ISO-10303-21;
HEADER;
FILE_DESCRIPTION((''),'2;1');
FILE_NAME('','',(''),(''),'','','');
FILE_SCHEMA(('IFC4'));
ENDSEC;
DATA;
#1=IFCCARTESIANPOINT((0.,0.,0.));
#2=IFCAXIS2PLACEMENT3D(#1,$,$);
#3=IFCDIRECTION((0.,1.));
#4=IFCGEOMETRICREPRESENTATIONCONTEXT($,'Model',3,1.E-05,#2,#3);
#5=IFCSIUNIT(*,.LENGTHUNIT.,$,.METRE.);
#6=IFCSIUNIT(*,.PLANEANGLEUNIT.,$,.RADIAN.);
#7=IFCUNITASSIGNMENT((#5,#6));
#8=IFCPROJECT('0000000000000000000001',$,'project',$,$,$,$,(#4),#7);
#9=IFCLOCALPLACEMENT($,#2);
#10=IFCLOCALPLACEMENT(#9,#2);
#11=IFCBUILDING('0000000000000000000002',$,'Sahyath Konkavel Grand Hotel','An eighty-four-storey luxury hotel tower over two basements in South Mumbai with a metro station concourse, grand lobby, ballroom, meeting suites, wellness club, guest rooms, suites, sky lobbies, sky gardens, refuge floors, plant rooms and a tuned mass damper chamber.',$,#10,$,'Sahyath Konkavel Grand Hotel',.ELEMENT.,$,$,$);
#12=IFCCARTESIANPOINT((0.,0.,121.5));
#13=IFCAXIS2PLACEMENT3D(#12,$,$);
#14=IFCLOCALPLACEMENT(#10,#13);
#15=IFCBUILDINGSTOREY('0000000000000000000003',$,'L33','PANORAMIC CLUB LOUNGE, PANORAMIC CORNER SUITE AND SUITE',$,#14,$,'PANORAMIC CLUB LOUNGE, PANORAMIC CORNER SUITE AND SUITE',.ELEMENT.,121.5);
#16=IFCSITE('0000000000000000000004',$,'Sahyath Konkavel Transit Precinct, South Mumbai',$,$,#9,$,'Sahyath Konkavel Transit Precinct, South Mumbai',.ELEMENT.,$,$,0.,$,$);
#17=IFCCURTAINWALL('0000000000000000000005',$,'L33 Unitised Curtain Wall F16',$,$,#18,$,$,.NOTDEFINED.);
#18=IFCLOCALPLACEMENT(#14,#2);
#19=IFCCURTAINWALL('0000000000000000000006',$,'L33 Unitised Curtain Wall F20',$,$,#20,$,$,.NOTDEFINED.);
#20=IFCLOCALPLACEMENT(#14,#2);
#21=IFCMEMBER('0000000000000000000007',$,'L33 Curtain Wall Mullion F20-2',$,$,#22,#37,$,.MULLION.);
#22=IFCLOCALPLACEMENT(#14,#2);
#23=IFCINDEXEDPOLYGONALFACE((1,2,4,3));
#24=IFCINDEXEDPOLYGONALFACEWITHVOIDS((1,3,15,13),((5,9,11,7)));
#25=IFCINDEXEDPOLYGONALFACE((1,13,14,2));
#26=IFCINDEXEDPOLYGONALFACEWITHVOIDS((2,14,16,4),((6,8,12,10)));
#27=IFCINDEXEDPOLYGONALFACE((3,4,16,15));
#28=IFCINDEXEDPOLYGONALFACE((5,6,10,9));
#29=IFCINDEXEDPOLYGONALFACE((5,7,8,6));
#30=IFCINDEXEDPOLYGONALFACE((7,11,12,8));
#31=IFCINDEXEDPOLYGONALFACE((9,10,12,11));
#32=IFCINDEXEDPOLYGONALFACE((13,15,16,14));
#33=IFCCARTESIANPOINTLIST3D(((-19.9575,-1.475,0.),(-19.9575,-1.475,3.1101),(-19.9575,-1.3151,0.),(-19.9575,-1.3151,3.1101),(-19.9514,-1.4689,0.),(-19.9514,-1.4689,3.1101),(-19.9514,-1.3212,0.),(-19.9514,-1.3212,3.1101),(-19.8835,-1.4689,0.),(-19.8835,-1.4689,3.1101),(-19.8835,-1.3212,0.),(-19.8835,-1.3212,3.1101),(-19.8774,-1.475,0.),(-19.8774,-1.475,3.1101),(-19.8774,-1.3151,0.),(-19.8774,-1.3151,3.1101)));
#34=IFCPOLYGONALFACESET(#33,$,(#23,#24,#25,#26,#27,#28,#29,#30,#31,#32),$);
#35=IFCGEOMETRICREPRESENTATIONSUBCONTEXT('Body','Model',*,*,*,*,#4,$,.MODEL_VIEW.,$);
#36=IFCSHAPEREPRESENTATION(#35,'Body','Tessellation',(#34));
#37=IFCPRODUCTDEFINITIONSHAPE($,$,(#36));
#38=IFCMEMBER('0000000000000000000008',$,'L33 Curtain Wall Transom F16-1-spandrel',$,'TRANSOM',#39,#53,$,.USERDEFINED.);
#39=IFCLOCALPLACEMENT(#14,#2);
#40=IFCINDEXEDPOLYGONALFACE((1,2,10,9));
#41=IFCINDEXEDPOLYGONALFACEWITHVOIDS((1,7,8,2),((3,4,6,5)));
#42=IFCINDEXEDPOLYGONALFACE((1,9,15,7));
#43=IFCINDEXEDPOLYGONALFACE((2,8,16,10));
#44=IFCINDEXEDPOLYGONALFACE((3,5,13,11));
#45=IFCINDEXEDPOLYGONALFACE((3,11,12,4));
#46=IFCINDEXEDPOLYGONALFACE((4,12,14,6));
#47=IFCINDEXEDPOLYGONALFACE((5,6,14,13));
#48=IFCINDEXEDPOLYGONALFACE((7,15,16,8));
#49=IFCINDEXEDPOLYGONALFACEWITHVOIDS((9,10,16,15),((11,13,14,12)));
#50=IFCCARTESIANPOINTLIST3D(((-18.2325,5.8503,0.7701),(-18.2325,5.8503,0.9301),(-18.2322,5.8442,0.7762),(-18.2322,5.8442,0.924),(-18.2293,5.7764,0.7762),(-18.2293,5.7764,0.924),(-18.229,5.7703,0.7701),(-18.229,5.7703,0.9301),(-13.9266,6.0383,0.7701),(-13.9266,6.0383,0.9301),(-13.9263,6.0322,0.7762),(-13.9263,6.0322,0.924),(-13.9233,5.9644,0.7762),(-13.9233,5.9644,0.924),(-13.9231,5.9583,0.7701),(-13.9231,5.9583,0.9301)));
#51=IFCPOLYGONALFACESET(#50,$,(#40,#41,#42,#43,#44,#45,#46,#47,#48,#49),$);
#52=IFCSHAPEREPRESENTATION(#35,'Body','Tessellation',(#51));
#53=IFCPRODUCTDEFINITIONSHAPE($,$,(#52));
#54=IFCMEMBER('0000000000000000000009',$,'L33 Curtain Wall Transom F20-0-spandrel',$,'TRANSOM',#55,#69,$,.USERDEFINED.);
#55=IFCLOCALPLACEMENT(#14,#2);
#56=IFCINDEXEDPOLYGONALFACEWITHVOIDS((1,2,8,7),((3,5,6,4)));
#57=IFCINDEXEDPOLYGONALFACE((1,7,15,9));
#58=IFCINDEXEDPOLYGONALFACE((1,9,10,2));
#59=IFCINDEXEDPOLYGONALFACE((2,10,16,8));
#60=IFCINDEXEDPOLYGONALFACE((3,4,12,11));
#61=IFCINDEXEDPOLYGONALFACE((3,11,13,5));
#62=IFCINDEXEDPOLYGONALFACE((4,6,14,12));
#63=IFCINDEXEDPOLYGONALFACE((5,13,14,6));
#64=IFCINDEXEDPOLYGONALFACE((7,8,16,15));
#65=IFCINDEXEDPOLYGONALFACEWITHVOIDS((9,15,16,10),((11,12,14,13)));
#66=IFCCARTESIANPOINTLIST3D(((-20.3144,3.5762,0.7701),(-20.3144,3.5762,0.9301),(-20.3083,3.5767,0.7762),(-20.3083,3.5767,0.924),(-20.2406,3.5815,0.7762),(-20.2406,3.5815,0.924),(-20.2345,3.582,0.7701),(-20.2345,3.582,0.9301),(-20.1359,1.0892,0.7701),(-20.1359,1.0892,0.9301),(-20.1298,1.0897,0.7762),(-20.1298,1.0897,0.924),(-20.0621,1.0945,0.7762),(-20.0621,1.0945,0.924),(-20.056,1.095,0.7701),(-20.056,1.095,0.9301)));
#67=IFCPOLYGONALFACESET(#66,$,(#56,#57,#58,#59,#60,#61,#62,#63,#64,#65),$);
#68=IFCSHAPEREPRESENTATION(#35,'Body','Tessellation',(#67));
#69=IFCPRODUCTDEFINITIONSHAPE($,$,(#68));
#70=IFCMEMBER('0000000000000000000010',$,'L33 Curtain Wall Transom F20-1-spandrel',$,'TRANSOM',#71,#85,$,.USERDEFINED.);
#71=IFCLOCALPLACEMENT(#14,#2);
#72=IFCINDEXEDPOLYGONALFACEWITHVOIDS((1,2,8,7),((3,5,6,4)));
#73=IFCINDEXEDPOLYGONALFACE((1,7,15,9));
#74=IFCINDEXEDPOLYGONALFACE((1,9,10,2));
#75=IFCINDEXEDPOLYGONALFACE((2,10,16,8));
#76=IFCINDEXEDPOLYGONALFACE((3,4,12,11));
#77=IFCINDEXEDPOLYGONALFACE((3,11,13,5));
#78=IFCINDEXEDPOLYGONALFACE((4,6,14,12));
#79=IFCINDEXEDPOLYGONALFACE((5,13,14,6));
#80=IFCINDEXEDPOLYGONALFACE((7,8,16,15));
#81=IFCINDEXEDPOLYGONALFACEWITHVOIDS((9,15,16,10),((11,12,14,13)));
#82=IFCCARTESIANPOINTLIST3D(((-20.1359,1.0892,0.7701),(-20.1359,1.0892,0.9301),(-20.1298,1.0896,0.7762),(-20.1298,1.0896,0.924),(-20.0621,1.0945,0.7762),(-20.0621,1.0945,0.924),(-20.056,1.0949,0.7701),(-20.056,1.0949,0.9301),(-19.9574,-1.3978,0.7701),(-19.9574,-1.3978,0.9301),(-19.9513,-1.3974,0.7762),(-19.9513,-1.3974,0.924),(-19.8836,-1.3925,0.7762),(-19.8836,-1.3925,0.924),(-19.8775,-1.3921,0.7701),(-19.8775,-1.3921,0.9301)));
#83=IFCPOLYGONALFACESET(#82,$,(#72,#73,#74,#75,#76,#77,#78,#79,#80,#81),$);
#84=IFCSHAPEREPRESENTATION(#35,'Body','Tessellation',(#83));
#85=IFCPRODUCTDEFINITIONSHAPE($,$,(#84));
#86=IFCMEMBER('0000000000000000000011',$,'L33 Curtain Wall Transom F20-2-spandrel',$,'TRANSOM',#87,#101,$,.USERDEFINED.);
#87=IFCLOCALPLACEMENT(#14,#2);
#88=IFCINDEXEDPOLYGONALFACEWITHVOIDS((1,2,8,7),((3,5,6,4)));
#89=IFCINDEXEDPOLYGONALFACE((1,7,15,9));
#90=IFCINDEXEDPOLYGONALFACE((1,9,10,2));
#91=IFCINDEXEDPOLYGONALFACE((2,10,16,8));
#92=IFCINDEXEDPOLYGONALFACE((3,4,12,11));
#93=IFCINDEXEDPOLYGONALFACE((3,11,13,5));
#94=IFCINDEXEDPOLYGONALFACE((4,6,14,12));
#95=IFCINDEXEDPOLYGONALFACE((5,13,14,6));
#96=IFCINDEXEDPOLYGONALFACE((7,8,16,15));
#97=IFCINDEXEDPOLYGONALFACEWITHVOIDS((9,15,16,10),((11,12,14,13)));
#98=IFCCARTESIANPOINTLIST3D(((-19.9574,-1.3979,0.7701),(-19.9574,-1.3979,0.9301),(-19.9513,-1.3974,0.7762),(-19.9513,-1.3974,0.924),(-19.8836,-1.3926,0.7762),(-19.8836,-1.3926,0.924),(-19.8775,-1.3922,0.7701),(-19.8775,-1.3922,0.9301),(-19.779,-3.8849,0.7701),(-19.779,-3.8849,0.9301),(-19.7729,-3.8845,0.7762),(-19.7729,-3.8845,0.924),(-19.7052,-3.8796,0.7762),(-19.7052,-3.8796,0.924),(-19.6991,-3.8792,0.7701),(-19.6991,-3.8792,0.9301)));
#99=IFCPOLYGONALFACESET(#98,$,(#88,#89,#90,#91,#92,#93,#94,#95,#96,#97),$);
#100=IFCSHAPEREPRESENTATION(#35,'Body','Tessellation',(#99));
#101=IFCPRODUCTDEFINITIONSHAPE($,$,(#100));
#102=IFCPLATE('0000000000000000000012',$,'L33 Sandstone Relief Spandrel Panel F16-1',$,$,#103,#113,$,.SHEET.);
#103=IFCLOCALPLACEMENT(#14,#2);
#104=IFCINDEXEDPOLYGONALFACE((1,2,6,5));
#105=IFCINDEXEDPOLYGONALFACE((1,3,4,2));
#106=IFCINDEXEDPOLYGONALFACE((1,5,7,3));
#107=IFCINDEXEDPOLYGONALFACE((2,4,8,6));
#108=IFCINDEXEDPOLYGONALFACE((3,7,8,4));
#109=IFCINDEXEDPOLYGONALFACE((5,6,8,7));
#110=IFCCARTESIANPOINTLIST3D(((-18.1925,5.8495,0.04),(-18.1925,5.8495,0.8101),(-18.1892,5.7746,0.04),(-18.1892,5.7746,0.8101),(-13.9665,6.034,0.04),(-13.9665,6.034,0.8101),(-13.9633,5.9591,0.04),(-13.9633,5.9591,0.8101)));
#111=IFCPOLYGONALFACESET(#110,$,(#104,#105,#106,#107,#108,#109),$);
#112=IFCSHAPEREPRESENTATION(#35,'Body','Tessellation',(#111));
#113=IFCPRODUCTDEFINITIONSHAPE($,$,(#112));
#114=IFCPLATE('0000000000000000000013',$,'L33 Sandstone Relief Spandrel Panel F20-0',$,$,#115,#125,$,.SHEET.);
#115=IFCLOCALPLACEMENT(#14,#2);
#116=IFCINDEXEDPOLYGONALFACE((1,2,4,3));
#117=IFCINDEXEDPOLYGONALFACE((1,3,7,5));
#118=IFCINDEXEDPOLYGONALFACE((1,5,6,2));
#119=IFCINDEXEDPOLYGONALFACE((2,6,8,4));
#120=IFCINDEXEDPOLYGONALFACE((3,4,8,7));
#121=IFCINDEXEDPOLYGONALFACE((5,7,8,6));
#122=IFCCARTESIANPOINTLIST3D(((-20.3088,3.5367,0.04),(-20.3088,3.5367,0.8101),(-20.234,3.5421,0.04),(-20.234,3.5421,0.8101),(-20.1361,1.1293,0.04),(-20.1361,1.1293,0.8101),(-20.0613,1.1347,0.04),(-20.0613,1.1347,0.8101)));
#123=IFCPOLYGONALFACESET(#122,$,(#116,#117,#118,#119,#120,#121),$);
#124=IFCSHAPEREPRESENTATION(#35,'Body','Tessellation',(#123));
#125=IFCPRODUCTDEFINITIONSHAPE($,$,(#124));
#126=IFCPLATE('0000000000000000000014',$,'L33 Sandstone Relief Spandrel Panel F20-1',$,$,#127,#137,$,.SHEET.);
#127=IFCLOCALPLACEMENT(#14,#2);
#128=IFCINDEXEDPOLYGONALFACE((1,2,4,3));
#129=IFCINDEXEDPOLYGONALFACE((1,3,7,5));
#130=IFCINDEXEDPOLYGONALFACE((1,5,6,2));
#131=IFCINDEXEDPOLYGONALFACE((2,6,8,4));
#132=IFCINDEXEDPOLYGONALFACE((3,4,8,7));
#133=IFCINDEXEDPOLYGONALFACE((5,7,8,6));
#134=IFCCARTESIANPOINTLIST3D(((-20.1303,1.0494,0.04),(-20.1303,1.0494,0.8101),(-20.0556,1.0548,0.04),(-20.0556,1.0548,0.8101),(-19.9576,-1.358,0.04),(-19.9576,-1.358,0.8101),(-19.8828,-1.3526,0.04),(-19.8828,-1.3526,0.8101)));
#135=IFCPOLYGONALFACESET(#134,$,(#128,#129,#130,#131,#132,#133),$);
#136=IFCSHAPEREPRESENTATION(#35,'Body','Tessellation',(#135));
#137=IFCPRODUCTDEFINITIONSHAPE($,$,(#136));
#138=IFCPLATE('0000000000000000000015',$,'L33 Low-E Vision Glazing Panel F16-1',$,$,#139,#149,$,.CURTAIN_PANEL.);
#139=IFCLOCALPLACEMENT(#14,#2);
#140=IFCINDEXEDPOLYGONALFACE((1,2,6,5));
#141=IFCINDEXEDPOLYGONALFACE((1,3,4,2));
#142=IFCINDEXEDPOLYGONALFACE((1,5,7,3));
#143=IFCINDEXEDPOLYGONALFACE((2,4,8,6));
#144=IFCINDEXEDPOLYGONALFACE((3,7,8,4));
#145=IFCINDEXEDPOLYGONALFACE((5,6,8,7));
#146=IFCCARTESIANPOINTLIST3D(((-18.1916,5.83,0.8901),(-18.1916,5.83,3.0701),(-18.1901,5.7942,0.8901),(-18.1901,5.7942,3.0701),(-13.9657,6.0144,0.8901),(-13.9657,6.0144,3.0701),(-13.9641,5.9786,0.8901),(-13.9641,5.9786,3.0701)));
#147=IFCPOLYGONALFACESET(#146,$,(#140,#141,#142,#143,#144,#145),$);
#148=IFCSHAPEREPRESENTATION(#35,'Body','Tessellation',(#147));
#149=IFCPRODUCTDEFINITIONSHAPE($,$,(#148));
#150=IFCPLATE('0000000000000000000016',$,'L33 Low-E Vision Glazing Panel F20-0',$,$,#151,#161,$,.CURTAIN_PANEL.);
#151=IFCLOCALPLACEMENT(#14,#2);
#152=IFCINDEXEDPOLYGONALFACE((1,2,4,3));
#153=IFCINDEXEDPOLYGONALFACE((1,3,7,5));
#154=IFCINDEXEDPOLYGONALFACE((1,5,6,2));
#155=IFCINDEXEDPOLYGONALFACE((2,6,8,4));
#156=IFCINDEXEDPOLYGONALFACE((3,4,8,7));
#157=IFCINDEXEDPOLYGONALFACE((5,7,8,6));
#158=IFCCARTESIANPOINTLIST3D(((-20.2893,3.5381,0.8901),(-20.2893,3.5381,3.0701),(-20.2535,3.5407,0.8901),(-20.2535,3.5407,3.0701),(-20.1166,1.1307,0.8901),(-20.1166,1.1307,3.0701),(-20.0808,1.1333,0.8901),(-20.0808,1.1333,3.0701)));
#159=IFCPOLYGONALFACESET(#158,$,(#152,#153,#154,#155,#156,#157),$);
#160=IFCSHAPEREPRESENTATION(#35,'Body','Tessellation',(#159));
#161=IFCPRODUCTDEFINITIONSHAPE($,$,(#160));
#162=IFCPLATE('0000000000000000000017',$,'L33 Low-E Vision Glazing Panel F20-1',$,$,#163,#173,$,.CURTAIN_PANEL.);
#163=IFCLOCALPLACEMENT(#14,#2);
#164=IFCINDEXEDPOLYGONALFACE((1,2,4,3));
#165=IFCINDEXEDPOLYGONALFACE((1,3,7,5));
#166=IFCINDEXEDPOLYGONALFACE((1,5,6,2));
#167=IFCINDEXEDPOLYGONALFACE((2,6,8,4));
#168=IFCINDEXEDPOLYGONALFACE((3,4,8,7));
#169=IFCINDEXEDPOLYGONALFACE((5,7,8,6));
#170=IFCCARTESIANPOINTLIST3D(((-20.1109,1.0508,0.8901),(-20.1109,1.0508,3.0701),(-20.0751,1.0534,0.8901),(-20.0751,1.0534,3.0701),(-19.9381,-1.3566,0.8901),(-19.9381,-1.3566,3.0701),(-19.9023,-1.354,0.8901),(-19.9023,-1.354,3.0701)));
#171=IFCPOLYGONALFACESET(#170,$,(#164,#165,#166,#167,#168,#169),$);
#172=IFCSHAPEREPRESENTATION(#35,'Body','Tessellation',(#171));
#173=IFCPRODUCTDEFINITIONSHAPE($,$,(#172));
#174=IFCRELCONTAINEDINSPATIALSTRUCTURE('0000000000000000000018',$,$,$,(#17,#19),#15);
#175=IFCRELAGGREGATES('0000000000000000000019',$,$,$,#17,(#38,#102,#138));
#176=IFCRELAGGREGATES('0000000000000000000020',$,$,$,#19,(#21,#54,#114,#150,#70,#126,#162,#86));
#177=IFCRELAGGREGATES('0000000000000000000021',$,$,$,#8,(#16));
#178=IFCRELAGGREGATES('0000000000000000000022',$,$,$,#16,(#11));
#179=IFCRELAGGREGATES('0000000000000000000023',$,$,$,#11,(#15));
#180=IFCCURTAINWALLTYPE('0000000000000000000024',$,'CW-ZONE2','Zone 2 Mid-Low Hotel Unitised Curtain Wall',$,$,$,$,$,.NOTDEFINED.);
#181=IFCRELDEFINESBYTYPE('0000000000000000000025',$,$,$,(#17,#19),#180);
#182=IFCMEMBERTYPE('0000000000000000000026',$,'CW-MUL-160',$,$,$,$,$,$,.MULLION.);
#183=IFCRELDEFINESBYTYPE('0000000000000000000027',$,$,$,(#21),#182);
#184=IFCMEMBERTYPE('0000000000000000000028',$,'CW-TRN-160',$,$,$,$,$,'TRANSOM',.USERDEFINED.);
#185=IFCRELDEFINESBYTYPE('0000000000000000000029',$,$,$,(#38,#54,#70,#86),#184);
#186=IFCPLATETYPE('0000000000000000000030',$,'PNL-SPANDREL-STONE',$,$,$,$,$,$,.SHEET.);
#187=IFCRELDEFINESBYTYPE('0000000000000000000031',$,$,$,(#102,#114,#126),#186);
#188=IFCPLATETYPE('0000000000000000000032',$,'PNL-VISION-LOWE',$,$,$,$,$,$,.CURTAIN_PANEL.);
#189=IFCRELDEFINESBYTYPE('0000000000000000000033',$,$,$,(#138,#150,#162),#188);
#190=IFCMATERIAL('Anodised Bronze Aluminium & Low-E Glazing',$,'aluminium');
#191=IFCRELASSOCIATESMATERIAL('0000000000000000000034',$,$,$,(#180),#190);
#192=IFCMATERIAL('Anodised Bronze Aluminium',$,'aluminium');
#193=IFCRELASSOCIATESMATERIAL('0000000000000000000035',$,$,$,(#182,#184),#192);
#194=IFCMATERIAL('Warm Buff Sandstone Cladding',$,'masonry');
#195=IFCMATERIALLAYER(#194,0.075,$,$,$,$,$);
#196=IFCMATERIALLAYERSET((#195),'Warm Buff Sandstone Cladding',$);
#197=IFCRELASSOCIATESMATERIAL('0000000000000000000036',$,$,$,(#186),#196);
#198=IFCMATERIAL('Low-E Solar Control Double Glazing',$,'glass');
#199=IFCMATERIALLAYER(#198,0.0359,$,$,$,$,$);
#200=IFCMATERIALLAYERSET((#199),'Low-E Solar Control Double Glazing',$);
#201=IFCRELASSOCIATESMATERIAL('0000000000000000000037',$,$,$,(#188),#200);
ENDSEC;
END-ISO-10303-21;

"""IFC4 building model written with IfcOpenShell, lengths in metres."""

from ifc_helpers import new_model, si_unit, direction, frame, origin, origin_2d, place, context, subcontext, project, spatial, rectangle, hollow_rectangle, extrude, source, transform, mapped, material, layer, layer_set, material_profile, profile_set, type_object, element, aggregate, save


model = new_model("IFC4")

# Units and contexts
model_context = context("Model", 3, precision=1e-05, world=origin(), true_north=direction((0.0, 1.0)))
body_context = subcontext(model_context, "Body", "Model", "MODEL_VIEW")
ifc_project = project(units=[si_unit("LENGTHUNIT", "METRE"), si_unit("PLANEANGLEUNIT", "RADIAN")], contexts=[model_context])

# Site, building, storey
site_placement = place(None, origin())
site = spatial("IfcSite", under=ifc_project, at=site_placement, Name="Sahyath Konkavel Transit Precinct, South Mumbai", LongName="Sahyath Konkavel Transit Precinct, South Mumbai", CompositionType="ELEMENT", RefElevation=0.0)
building_placement = place(site_placement, origin())
building = spatial("IfcBuilding", under=site, at=building_placement, Name="Sahyath Konkavel Grand Hotel", Description="An eighty-four-storey luxury hotel tower over two basements in South Mumbai with a metro station concourse, grand lobby, ballroom, meeting suites, wellness club, guest rooms, suites, sky lobbies, sky gardens, refuge floors, plant rooms and a tuned mass damper chamber.", LongName="Sahyath Konkavel Grand Hotel", CompositionType="ELEMENT")
storey_placement = place(building_placement, frame((0.0, 0.0, 121.5)))
storey = spatial("IfcBuildingStorey", under=building, at=storey_placement, Name="L33", Description="PANORAMIC CLUB LOUNGE, PANORAMIC CORNER SUITE AND SUITE", LongName="PANORAMIC CLUB LOUNGE, PANORAMIC CORNER SUITE AND SUITE", CompositionType="ELEMENT", Elevation=121.5)

# Curtain walls, member
ifc_material_1 = material(Name="Anodised Bronze Aluminium & Low-E Glazing", Category="aluminium")
curtain_wall_type = type_object("IfcCurtainWallType", Name="CW-ZONE2", Description="Zone 2 Mid-Low Hotel Unitised Curtain Wall", PredefinedType="NOTDEFINED", material=ifc_material_1)
curtain_wall_1_placement = place(storey_placement, origin())
curtain_wall_1 = element("IfcCurtainWall", 1, at=curtain_wall_1_placement, inside=storey, type_object=curtain_wall_type, Name="L33 Unitised Curtain Wall F16", PredefinedType="NOTDEFINED")
ifc_material_2 = material(Name="Anodised Bronze Aluminium", Category="aluminium")
ifc_material_profile_1 = material_profile(ifc_material_2, hollow_rectangle(XDim=0.0801, YDim=0.1599, WallThickness=0.0061, at=origin_2d()), Name="RHS 160x80x6")
ifc_profile_set_1 = profile_set([ifc_material_profile_1], Name="Anodised Bronze Aluminium")
member_type_1 = type_object("IfcMemberType", Name="CW-MUL-160", PredefinedType="MULLION", material=ifc_profile_set_1)
shared_shape_1 = source(origin(), body_context, "Body", "SweptSolid", [
    extrude(hollow_rectangle(XDim=0.0801, YDim=0.1599, WallThickness=0.0061, at=origin_2d()), origin(), (0.0, 0.0, 1.0), 3.1101),
])
curtain_wall_2_placement = place(storey_placement, origin())
curtain_wall_2 = element("IfcCurtainWall", 2, at=curtain_wall_2_placement, inside=storey, type_object=curtain_wall_type, Name="L33 Unitised Curtain Wall F20", PredefinedType="NOTDEFINED")
member_1_placement = place(storey_placement, frame((-19.9175, -1.395, 0.0), z_axis=(0.0, 0.0, 1.0), x_axis=(1.0, 0.0, 0.0)))
member_1 = element("IfcMember", 3, at=member_1_placement, type_object=member_type_1, Name="L33 Curtain Wall Mullion F20-2", PredefinedType="MULLION", context=body_context, shape_type="MappedRepresentation", body=[
    mapped(shared_shape_1, transform((0.0, 0.0, 0.0), scale=1.0)),
])

# Members
ifc_material_profile_2 = material_profile(ifc_material_2, hollow_rectangle(XDim=0.0801, YDim=0.1599, WallThickness=0.0061, at=origin_2d()), Name="RHS 160x80x6")
ifc_profile_set_2 = profile_set([ifc_material_profile_2], Name="Anodised Bronze Aluminium")
member_type_2 = type_object("IfcMemberType", Name="CW-TRN-160", ElementType="TRANSOM", PredefinedType="USERDEFINED", material=ifc_profile_set_2)
shared_shape_2 = source(origin(), body_context, "Body", "SweptSolid", [
    extrude(hollow_rectangle(XDim=0.0801, YDim=0.1599, WallThickness=0.0061, at=origin_2d()), origin(), (0.0, 0.0, 1.0), 4.3101),
])
member_2_placement = place(storey_placement, frame((-13.9248, 5.9983, 0.8501), z_axis=(-0.999048, -0.043617, 0.0), x_axis=(0.043617, -0.999048, 0.0)))
member_2 = element("IfcMember", 4, at=member_2_placement, type_object=member_type_2, Name="L33 Curtain Wall Transom F16-1-spandrel", ObjectType="TRANSOM", PredefinedType="USERDEFINED", context=body_context, shape_type="MappedRepresentation", body=[
    mapped(shared_shape_2, transform((0.0, 0.0, 0.0), scale=1.0)),
])
shared_shape_3 = source(origin(), body_context, "Body", "SweptSolid", [
    extrude(hollow_rectangle(XDim=0.0801, YDim=0.1599, WallThickness=0.0061, at=origin_2d()), origin(), (0.0, 0.0, 1.0), 2.4934),
])
member_3_placement = place(storey_placement, frame((-20.2744, 3.5791, 0.8501), z_axis=(0.071574, -0.997435, 0.0), x_axis=(0.997435, 0.071574, 0.0)))
member_3 = element("IfcMember", 5, at=member_3_placement, type_object=member_type_2, Name="L33 Curtain Wall Transom F20-0-spandrel", ObjectType="TRANSOM", PredefinedType="USERDEFINED", context=body_context, shape_type="MappedRepresentation", body=[
    mapped(shared_shape_3, transform((0.0, 0.0, 0.0), scale=1.0)),
])
member_4_placement = place(storey_placement, frame((-20.0959, 1.092, 0.8501), z_axis=(0.071574, -0.997435, 0.0), x_axis=(0.997435, 0.071574, 0.0)))
member_4 = element("IfcMember", 6, at=member_4_placement, type_object=member_type_2, Name="L33 Curtain Wall Transom F20-1-spandrel", ObjectType="TRANSOM", PredefinedType="USERDEFINED", context=body_context, shape_type="MappedRepresentation", body=[
    mapped(shared_shape_3, transform((0.0, 0.0, 0.0), scale=1.0)),
])
member_5_placement = place(storey_placement, frame((-19.9175, -1.395, 0.8501), z_axis=(0.071574, -0.997435, 0.0), x_axis=(0.997435, 0.071574, 0.0)))
member_5 = element("IfcMember", 7, at=member_5_placement, type_object=member_type_2, Name="L33 Curtain Wall Transom F20-2-spandrel", ObjectType="TRANSOM", PredefinedType="USERDEFINED", context=body_context, shape_type="MappedRepresentation", body=[
    mapped(shared_shape_3, transform((0.0, 0.0, 0.0), scale=1.0)),
])

# Plates
ifc_material_3 = material(Name="Warm Buff Sandstone Cladding", Category="masonry")
ifc_layer_1 = layer(ifc_material_3, 0.075)
ifc_layer_set_1 = layer_set([ifc_layer_1], Name="Warm Buff Sandstone Cladding")
plate_type_1 = type_object("IfcPlateType", Name="PNL-SPANDREL-STONE", PredefinedType="SHEET", material=ifc_layer_set_1)
shared_shape_4 = source(origin(), body_context, "Body", "SweptSolid", [
    extrude(rectangle(XDim=4.23, YDim=0.075, at=origin_2d()), origin(), (0.0, 0.0, 1.0), 0.77),
])
plate_1_placement = place(storey_placement, frame((-16.0779, 5.9043, 0.04), z_axis=(0.0, 0.0, 1.0), x_axis=(-0.999049, -0.043602, 0.0)))
plate_1 = element("IfcPlate", 8, at=plate_1_placement, type_object=plate_type_1, Name="L33 Sandstone Relief Spandrel Panel F16-1", PredefinedType="SHEET", context=body_context, shape_type="MappedRepresentation", body=[
    mapped(shared_shape_4, transform((0.0, 0.0, 0.0), scale=1.0)),
])
shared_shape_5 = source(origin(), body_context, "Body", "SweptSolid", [
    extrude(rectangle(XDim=2.4136, YDim=0.075, at=origin_2d()), origin(), (0.0, 0.0, 1.0), 0.77),
])
plate_2_placement = place(storey_placement, frame((-20.1851, 2.3357, 0.04), z_axis=(0.0, 0.0, 1.0), x_axis=(0.071567, -0.997436, 0.0)))
plate_2 = element("IfcPlate", 9, at=plate_2_placement, type_object=plate_type_1, Name="L33 Sandstone Relief Spandrel Panel F20-0", PredefinedType="SHEET", context=body_context, shape_type="MappedRepresentation", body=[
    mapped(shared_shape_5, transform((0.0, 0.0, 0.0), scale=1.0)),
])
plate_3_placement = place(storey_placement, frame((-20.0066, -0.1516, 0.04), z_axis=(0.0, 0.0, 1.0), x_axis=(0.071567, -0.997436, 0.0)))
plate_3 = element("IfcPlate", 10, at=plate_3_placement, type_object=plate_type_1, Name="L33 Sandstone Relief Spandrel Panel F20-1", PredefinedType="SHEET", context=body_context, shape_type="MappedRepresentation", body=[
    mapped(shared_shape_5, transform((0.0, 0.0, 0.0), scale=1.0)),
])
ifc_material_4 = material(Name="Low-E Solar Control Double Glazing", Category="glass")
ifc_layer_2 = layer(ifc_material_4, 0.0359)
ifc_layer_set_2 = layer_set([ifc_layer_2], Name="Low-E Solar Control Double Glazing")
plate_type_2 = type_object("IfcPlateType", Name="PNL-VISION-LOWE", PredefinedType="CURTAIN_PANEL", material=ifc_layer_set_2)
shared_shape_6 = source(origin(), body_context, "Body", "SweptSolid", [
    extrude(rectangle(XDim=4.23, YDim=0.0359, at=origin_2d()), origin(), (0.0, 0.0, 1.0), 2.1799),
])
plate_4_placement = place(storey_placement, frame((-16.0779, 5.9043, 0.8901), z_axis=(0.0, 0.0, 1.0), x_axis=(-0.999049, -0.043602, 0.0)))
plate_4 = element("IfcPlate", 11, at=plate_4_placement, type_object=plate_type_2, Name="L33 Low-E Vision Glazing Panel F16-1", PredefinedType="CURTAIN_PANEL", context=body_context, shape_type="MappedRepresentation", body=[
    mapped(shared_shape_6, transform((0.0, 0.0, 0.0), scale=1.0)),
])
aggregate(curtain_wall_1, [member_2, plate_1, plate_4])
shared_shape_7 = source(origin(), body_context, "Body", "SweptSolid", [
    extrude(rectangle(XDim=2.4136, YDim=0.0359, at=origin_2d()), origin(), (0.0, 0.0, 1.0), 2.1799),
])
plate_5_placement = place(storey_placement, frame((-20.1851, 2.3357, 0.8901), z_axis=(0.0, 0.0, 1.0), x_axis=(0.071567, -0.997436, 0.0)))
plate_5 = element("IfcPlate", 12, at=plate_5_placement, type_object=plate_type_2, Name="L33 Low-E Vision Glazing Panel F20-0", PredefinedType="CURTAIN_PANEL", context=body_context, shape_type="MappedRepresentation", body=[
    mapped(shared_shape_7, transform((0.0, 0.0, 0.0), scale=1.0)),
])
plate_6_placement = place(storey_placement, frame((-20.0066, -0.1516, 0.8901), z_axis=(0.0, 0.0, 1.0), x_axis=(0.071567, -0.997436, 0.0)))
plate_6 = element("IfcPlate", 13, at=plate_6_placement, type_object=plate_type_2, Name="L33 Low-E Vision Glazing Panel F20-1", PredefinedType="CURTAIN_PANEL", context=body_context, shape_type="MappedRepresentation", body=[
    mapped(shared_shape_7, transform((0.0, 0.0, 0.0), scale=1.0)),
])
aggregate(curtain_wall_2, [member_1, member_3, plate_2, plate_5, member_4, plate_3, plate_6, member_5])

save(model, "model.ifc")
